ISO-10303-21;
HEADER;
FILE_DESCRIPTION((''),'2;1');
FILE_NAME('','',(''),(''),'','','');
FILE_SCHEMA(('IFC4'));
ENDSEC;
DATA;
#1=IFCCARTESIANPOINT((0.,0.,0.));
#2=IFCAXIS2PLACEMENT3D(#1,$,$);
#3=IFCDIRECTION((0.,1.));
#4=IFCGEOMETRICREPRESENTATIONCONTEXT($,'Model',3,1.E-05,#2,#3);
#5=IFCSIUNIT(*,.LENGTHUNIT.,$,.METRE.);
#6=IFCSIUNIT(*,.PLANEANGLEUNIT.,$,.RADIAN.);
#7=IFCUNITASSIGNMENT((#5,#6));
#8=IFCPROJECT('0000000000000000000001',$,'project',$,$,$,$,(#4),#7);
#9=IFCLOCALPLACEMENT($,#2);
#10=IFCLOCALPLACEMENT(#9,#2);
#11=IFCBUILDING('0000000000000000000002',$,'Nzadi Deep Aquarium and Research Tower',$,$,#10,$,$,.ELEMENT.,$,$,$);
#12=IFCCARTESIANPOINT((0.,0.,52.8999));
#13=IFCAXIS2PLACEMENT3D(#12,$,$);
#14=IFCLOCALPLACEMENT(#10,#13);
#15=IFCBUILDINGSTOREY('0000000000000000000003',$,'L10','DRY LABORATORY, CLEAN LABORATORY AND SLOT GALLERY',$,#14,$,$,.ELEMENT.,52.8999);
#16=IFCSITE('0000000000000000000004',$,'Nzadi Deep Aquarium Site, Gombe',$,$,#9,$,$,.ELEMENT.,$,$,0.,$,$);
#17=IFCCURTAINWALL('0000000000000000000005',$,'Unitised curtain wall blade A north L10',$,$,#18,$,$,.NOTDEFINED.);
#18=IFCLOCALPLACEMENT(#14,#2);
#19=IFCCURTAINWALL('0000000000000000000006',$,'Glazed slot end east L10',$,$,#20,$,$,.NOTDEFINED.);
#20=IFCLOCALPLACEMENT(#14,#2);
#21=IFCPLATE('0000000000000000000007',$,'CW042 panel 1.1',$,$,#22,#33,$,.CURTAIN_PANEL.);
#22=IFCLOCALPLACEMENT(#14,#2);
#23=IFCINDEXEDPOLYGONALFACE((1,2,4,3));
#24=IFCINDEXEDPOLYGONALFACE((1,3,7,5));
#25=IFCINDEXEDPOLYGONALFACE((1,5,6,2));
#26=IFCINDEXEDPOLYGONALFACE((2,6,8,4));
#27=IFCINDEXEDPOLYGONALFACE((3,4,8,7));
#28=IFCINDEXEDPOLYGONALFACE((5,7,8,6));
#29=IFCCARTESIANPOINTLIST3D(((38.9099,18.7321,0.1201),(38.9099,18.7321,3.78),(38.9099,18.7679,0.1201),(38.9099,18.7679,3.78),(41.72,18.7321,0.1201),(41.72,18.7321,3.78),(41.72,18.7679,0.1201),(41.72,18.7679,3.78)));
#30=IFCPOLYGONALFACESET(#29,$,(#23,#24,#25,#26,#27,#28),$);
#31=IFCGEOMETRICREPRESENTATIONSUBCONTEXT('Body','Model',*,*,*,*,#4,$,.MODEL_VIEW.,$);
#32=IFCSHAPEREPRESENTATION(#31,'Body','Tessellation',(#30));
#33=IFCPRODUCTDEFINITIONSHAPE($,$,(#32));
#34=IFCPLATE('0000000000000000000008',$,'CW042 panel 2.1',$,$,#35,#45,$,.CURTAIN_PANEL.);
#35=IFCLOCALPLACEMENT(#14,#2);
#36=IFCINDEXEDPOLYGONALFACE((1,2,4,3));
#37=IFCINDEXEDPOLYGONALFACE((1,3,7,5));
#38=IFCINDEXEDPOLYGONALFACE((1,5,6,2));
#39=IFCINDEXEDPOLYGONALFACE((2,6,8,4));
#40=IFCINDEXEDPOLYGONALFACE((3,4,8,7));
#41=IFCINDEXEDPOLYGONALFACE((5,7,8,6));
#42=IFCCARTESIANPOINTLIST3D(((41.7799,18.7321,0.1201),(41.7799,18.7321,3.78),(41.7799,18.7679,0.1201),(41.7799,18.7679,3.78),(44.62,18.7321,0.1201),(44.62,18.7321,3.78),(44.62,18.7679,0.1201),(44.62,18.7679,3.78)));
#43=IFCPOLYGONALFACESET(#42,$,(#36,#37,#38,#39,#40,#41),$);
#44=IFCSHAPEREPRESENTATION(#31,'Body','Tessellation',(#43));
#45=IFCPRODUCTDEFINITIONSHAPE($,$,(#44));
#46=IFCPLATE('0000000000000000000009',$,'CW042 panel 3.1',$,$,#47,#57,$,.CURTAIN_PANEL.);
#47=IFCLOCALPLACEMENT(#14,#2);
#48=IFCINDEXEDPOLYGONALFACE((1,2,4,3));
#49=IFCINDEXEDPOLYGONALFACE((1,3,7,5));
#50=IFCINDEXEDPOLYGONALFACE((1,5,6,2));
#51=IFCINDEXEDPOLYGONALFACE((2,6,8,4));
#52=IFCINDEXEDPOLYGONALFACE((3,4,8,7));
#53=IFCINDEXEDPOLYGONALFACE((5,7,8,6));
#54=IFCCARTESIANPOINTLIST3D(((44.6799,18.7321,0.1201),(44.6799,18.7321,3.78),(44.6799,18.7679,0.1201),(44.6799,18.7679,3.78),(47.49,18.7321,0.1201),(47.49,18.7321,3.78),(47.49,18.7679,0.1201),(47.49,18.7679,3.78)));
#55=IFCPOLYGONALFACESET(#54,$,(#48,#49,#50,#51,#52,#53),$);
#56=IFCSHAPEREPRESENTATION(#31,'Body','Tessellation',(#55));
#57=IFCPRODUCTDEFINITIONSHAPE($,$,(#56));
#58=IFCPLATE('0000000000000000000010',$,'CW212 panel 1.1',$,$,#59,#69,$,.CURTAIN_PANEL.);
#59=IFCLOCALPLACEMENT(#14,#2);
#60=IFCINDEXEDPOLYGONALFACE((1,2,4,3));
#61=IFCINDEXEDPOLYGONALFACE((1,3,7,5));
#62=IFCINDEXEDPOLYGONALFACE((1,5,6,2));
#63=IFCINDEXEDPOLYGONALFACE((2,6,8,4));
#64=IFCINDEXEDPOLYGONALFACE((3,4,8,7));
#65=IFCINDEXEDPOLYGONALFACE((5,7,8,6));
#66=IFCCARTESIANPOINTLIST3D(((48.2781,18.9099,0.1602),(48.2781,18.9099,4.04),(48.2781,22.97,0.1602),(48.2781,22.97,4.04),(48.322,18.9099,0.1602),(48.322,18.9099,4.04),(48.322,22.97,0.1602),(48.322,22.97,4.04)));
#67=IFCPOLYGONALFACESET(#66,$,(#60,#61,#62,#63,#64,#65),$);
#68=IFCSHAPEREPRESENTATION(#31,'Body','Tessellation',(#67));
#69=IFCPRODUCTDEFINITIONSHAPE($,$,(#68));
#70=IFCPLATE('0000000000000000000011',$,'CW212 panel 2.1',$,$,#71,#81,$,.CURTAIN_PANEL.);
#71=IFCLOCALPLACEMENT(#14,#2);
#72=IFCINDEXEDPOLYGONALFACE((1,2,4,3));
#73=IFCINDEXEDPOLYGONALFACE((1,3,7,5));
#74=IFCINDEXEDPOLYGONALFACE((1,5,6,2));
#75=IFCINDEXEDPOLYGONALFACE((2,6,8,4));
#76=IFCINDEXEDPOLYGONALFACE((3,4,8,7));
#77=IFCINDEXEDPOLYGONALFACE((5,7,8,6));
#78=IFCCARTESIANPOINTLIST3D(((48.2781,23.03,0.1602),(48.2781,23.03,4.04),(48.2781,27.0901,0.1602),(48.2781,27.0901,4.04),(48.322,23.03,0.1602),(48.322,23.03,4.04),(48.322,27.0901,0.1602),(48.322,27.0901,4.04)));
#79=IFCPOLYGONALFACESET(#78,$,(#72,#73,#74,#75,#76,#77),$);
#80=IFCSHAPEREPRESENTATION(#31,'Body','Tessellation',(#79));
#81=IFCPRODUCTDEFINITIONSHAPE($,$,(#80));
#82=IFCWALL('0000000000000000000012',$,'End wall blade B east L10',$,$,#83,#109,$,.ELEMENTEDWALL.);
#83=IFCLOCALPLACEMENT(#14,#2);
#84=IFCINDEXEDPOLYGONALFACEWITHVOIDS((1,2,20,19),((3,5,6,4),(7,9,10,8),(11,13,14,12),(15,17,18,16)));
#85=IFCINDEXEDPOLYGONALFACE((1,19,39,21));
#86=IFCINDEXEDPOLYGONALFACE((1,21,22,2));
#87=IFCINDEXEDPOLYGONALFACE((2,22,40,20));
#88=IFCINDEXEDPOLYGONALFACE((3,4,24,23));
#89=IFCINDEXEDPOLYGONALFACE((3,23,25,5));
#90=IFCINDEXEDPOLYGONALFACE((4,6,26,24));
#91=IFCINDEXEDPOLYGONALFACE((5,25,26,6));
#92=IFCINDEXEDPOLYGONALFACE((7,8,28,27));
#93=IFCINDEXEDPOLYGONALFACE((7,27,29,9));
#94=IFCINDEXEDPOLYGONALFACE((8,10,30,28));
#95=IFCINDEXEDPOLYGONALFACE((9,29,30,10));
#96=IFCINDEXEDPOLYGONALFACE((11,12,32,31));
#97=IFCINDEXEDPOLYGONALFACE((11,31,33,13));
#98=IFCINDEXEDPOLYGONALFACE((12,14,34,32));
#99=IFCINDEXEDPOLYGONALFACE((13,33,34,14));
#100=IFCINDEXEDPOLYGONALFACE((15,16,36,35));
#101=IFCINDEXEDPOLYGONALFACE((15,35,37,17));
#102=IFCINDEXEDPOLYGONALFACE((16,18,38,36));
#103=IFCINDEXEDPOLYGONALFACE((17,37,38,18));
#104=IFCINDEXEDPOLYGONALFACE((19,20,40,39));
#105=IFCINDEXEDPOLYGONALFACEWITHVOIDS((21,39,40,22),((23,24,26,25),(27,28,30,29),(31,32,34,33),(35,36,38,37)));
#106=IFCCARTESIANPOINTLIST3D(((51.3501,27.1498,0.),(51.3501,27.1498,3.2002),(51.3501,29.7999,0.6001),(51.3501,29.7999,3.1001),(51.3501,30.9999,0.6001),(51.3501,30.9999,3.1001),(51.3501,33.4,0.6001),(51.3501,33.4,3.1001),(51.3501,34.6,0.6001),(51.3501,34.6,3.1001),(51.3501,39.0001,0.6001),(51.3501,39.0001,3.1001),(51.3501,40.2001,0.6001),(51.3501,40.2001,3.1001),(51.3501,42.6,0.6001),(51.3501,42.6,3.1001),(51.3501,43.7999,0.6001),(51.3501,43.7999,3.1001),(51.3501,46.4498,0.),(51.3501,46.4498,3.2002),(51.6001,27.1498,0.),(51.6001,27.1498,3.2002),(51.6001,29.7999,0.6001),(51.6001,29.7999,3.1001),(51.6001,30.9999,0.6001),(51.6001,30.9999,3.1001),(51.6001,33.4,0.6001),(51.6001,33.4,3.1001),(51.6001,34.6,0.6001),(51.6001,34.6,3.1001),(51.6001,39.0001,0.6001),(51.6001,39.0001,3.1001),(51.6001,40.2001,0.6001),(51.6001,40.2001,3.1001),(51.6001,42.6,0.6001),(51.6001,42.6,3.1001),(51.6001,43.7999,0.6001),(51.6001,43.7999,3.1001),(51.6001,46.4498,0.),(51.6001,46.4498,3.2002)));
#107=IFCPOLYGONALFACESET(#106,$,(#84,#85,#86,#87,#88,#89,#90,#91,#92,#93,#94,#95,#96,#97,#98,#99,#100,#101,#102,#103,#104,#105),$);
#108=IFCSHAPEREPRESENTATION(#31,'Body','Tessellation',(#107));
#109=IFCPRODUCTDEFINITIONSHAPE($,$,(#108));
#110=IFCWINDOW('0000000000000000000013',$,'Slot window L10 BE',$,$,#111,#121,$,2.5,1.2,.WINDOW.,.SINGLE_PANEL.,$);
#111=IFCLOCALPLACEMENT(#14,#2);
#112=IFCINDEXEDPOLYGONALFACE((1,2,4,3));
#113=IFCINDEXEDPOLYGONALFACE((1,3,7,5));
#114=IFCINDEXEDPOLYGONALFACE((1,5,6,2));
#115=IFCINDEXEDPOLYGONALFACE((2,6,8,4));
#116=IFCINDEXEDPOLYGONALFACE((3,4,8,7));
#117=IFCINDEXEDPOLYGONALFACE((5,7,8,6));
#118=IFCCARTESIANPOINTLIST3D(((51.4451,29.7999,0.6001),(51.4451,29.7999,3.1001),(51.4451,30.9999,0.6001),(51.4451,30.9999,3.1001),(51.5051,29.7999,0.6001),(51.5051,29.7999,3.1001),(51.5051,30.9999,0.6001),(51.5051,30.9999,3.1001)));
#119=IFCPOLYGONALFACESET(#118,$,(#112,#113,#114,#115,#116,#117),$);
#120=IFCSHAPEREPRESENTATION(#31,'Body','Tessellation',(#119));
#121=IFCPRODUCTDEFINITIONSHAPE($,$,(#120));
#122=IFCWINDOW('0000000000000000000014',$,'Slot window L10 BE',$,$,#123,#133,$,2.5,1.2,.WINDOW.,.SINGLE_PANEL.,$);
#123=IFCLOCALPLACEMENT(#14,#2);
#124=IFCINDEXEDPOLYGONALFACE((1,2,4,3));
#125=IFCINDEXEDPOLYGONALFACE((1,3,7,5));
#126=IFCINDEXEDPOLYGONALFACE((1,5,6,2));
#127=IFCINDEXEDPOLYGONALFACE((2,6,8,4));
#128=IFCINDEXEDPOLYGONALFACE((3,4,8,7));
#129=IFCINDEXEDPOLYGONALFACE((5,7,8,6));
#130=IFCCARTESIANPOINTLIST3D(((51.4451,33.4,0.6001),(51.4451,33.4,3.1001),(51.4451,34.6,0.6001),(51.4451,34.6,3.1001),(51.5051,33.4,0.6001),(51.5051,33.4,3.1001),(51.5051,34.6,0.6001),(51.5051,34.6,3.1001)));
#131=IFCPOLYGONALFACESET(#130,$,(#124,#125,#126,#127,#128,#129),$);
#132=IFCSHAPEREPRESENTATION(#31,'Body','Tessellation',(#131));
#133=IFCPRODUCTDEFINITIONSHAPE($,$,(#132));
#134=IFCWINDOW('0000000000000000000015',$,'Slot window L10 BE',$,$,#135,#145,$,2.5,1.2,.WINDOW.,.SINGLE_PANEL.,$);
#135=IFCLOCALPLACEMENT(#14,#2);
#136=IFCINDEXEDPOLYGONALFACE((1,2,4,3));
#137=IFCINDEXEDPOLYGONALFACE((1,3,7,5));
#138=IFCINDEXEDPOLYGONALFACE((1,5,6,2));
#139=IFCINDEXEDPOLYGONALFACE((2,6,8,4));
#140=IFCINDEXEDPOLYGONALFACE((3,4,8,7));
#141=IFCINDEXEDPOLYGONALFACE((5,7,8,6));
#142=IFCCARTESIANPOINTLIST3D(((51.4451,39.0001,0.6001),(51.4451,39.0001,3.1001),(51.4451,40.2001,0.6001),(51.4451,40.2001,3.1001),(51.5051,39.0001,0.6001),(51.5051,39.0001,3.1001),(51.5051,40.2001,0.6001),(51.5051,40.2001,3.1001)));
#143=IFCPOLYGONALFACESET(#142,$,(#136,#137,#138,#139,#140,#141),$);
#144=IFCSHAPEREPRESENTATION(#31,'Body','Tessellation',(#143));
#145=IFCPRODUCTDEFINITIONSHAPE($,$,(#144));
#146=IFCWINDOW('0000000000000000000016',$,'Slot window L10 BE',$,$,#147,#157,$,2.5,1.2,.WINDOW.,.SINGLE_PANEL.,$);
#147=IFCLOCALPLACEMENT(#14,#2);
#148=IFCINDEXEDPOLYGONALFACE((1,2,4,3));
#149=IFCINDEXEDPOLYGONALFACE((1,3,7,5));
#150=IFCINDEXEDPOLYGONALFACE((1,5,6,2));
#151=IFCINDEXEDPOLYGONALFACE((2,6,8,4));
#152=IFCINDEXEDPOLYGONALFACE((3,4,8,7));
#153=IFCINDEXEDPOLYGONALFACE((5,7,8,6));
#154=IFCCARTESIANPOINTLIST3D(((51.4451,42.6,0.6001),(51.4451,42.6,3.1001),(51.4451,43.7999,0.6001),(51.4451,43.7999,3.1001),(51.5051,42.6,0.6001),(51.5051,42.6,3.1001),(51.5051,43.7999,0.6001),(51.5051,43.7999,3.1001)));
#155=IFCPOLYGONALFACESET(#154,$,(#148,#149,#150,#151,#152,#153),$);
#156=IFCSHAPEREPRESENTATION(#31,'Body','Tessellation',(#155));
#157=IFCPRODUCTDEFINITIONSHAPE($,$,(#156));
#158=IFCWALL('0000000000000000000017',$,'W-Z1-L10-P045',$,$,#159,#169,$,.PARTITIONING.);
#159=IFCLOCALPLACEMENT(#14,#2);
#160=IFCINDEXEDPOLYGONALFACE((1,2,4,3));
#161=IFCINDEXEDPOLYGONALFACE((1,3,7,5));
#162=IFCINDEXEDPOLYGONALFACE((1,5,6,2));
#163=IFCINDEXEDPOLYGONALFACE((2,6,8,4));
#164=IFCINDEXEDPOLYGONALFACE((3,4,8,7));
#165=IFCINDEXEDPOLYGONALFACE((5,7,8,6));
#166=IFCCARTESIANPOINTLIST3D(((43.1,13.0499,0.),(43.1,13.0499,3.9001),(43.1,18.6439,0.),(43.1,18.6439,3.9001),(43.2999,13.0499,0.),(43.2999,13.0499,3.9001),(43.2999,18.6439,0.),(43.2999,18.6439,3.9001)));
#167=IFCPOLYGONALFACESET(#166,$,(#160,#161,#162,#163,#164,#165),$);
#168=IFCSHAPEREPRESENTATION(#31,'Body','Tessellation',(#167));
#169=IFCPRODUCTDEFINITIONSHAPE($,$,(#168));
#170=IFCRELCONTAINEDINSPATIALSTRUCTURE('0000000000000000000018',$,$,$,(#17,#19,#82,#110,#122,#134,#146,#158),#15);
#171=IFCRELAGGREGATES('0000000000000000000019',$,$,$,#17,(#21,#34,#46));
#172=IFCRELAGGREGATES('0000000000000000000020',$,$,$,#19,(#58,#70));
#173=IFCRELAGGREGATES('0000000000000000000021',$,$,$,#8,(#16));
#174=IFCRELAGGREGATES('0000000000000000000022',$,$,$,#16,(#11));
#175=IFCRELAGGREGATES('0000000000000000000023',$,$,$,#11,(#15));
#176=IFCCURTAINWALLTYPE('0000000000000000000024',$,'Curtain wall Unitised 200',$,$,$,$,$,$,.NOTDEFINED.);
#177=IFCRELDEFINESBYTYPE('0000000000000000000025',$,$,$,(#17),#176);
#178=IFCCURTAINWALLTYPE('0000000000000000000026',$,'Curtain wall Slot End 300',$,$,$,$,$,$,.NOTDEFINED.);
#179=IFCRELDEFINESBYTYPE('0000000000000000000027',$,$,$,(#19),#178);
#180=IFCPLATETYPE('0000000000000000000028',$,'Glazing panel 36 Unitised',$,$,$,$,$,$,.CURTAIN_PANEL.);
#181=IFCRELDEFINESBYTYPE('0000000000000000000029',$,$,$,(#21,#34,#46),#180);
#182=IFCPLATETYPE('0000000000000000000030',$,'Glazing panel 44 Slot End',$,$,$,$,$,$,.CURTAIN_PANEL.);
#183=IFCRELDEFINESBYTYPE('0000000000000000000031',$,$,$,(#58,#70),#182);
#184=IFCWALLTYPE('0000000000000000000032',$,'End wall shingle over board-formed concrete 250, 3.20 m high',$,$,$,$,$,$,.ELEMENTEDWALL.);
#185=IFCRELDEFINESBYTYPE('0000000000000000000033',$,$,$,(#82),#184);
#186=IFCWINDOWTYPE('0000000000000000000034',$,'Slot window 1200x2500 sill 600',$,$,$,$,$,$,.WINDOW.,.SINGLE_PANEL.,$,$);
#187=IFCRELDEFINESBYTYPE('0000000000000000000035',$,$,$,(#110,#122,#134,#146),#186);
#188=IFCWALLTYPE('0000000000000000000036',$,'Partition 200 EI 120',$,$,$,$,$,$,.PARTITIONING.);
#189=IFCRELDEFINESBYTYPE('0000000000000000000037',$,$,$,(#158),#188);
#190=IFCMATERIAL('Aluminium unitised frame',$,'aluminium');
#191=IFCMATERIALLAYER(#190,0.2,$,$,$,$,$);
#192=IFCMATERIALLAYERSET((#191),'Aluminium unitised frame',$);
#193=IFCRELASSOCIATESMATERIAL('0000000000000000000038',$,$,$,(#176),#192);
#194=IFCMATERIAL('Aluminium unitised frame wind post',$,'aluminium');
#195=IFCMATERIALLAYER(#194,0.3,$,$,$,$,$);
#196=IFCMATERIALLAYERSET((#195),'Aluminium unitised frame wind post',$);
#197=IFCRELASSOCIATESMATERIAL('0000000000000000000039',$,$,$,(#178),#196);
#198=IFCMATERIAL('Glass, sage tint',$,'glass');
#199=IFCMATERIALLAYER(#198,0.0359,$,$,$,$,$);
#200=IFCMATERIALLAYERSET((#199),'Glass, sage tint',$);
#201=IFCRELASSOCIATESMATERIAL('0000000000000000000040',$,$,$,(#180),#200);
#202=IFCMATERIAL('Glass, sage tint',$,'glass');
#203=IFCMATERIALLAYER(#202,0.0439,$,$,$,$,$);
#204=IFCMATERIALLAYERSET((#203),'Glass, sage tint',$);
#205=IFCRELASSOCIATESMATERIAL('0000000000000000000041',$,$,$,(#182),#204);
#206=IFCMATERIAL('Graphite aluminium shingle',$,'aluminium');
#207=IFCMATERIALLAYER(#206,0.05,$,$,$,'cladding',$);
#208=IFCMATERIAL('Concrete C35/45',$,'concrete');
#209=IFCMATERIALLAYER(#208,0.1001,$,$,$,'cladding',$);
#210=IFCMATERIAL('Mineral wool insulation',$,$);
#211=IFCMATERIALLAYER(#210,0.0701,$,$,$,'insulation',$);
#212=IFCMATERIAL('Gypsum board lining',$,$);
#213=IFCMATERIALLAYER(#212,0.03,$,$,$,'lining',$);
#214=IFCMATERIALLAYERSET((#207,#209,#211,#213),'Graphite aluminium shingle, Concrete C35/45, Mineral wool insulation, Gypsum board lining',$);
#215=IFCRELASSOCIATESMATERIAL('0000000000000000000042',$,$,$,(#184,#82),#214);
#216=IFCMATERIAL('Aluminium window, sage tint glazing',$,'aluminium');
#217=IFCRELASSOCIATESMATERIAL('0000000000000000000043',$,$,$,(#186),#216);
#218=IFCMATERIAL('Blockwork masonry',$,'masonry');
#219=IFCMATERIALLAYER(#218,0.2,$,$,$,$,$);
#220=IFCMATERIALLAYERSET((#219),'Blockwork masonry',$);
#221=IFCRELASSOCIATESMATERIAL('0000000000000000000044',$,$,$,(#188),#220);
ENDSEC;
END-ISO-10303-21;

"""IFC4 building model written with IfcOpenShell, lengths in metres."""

from ifc_helpers import new_model, si_unit, direction, frame, frame_2d, origin, origin_2d, place, context, subcontext, project, spatial, rectangle, extrude, material, layer, layer_set, layer_usage, type_object, element, fill, aggregate, save


model = new_model("IFC4")

# Units and contexts
model_context = context("Model", 3, precision=1e-05, world=origin(), true_north=direction((0.0, 1.0)))
body_context = subcontext(model_context, "Body", "Model", "MODEL_VIEW")
ifc_project = project(units=[si_unit("LENGTHUNIT", "METRE"), si_unit("PLANEANGLEUNIT", "RADIAN")], contexts=[model_context])

# Site, building, storey
site_placement = place(None, origin())
site = spatial("IfcSite", under=ifc_project, at=site_placement, Name="Nzadi Deep Aquarium Site, Gombe", CompositionType="ELEMENT", RefElevation=0.0)
building_placement = place(site_placement, origin())
building = spatial("IfcBuilding", under=site, at=building_placement, Name="Nzadi Deep Aquarium and Research Tower", CompositionType="ELEMENT")
storey_placement = place(building_placement, frame((0.0, 0.0, 52.8999)))
storey = spatial("IfcBuildingStorey", under=building, at=storey_placement, Name="L10", Description="DRY LABORATORY, CLEAN LABORATORY AND SLOT GALLERY", CompositionType="ELEMENT", Elevation=52.8999)

# Shared definitions
ifc_material_1 = material(Name="Aluminium unitised frame", Category="aluminium")
ifc_layer_1 = layer(ifc_material_1, 0.2)
ifc_layer_set_1 = layer_set([ifc_layer_1], Name="Aluminium unitised frame")
curtain_wall_type_1 = type_object("IfcCurtainWallType", Name="Curtain wall Unitised 200", PredefinedType="NOTDEFINED", material=ifc_layer_set_1)

# Curtain walls
curtain_wall_1_placement = place(storey_placement, origin())
curtain_wall_1 = element("IfcCurtainWall", 1, at=curtain_wall_1_placement, inside=storey, type_object=curtain_wall_type_1, Name="Unitised curtain wall blade A north L10", PredefinedType="NOTDEFINED")
ifc_material_2 = material(Name="Aluminium unitised frame wind post", Category="aluminium")
ifc_layer_2 = layer(ifc_material_2, 0.3)
ifc_layer_set_2 = layer_set([ifc_layer_2], Name="Aluminium unitised frame wind post")
curtain_wall_type_2 = type_object("IfcCurtainWallType", Name="Curtain wall Slot End 300", PredefinedType="NOTDEFINED", material=ifc_layer_set_2)
curtain_wall_2_placement = place(storey_placement, origin())
curtain_wall_2 = element("IfcCurtainWall", 2, at=curtain_wall_2_placement, inside=storey, type_object=curtain_wall_type_2, Name="Glazed slot end east L10", PredefinedType="NOTDEFINED")

# Plates
ifc_material_3 = material(Name="Glass, sage tint", Category="glass")
ifc_layer_3 = layer(ifc_material_3, 0.0359)
ifc_layer_set_3 = layer_set([ifc_layer_3], Name="Glass, sage tint")
plate_type_1 = type_object("IfcPlateType", Name="Glazing panel 36 Unitised", PredefinedType="CURTAIN_PANEL", material=ifc_layer_set_3)
plate_1_placement = place(storey_placement, frame((40.3149, 18.75, 0.1201), z_axis=(0.0, 0.0, 1.0), x_axis=(1.0, 0.0, 0.0)))
plate_1 = element("IfcPlate", 3, at=plate_1_placement, type_object=plate_type_1, Name="CW042 panel 1.1", PredefinedType="CURTAIN_PANEL", context=body_context, shape_type="SweptSolid", body=[
    extrude(rectangle(XDim=2.8101, YDim=0.0359, at=origin_2d()), origin(), (0.0, 0.0, 1.0), 3.6599),
])
plate_2_placement = place(storey_placement, frame((43.2, 18.75, 0.1201), z_axis=(0.0, 0.0, 1.0), x_axis=(1.0, 0.0, 0.0)))
plate_2 = element("IfcPlate", 4, at=plate_2_placement, type_object=plate_type_1, Name="CW042 panel 2.1", PredefinedType="CURTAIN_PANEL", context=body_context, shape_type="SweptSolid", body=[
    extrude(rectangle(XDim=2.8401, YDim=0.0359, at=origin_2d()), origin(), (0.0, 0.0, 1.0), 3.6599),
])
plate_3_placement = place(storey_placement, frame((46.085, 18.75, 0.1201), z_axis=(0.0, 0.0, 1.0), x_axis=(1.0, 0.0, 0.0)))
plate_3 = element("IfcPlate", 5, at=plate_3_placement, type_object=plate_type_1, Name="CW042 panel 3.1", PredefinedType="CURTAIN_PANEL", context=body_context, shape_type="SweptSolid", body=[
    extrude(rectangle(XDim=2.8101, YDim=0.0359, at=origin_2d()), origin(), (0.0, 0.0, 1.0), 3.6599),
])
aggregate(curtain_wall_1, [plate_1, plate_2, plate_3])
ifc_material_4 = material(Name="Glass, sage tint", Category="glass")
ifc_layer_4 = layer(ifc_material_4, 0.0439)
ifc_layer_set_4 = layer_set([ifc_layer_4], Name="Glass, sage tint")
plate_type_2 = type_object("IfcPlateType", Name="Glazing panel 44 Slot End", PredefinedType="CURTAIN_PANEL", material=ifc_layer_set_4)
plate_4_placement = place(storey_placement, frame((48.3, 20.9399, 0.1602), z_axis=(0.0, 0.0, 1.0), x_axis=(0.0, 1.0, 0.0)))
plate_4 = element("IfcPlate", 6, at=plate_4_placement, type_object=plate_type_2, Name="CW212 panel 1.1", PredefinedType="CURTAIN_PANEL", context=body_context, shape_type="SweptSolid", body=[
    extrude(rectangle(XDim=4.0601, YDim=0.0439, at=origin_2d()), origin(), (0.0, 0.0, 1.0), 3.8799),
])
plate_5_placement = place(storey_placement, frame((48.3, 25.0601, 0.1602), z_axis=(0.0, 0.0, 1.0), x_axis=(0.0, 1.0, 0.0)))
plate_5 = element("IfcPlate", 7, at=plate_5_placement, type_object=plate_type_2, Name="CW212 panel 2.1", PredefinedType="CURTAIN_PANEL", context=body_context, shape_type="SweptSolid", body=[
    extrude(rectangle(XDim=4.0601, YDim=0.0439, at=origin_2d()), origin(), (0.0, 0.0, 1.0), 3.8799),
])
aggregate(curtain_wall_2, [plate_4, plate_5])

# Wall, openings, windows
ifc_material_5 = material(Name="Graphite aluminium shingle", Category="aluminium")
ifc_layer_5 = layer(ifc_material_5, 0.05, Category="cladding")
ifc_material_6 = material(Name="Concrete C35/45", Category="concrete")
ifc_layer_6 = layer(ifc_material_6, 0.1001, Category="cladding")
ifc_material_7 = material(Name="Mineral wool insulation")
ifc_layer_7 = layer(ifc_material_7, 0.0701, Category="insulation")
ifc_material_8 = material(Name="Gypsum board lining")
ifc_layer_8 = layer(ifc_material_8, 0.03, Category="lining")
ifc_layer_set_5 = layer_set([ifc_layer_5, ifc_layer_6, ifc_layer_7, ifc_layer_8], Name="Graphite aluminium shingle, Concrete C35/45, Mineral wool insulation, Gypsum board lining")
ifc_layer_usage = layer_usage(ifc_layer_set_5, "AXIS2", "POSITIVE", -0.125)
wall_type_1 = type_object("IfcWallType", Name="End wall shingle over board-formed concrete 250, 3.20 m high", PredefinedType="ELEMENTEDWALL", material=ifc_layer_set_5)
wall_1_placement = place(storey_placement, frame((51.4751, 27.1499, 0.0), z_axis=(0.0, 0.0, 1.0), x_axis=(0.0, 1.0, 0.0)))
wall_1 = element("IfcWall", 8, at=wall_1_placement, inside=storey, type_object=wall_type_1, material=ifc_layer_usage, Name="End wall blade B east L10", PredefinedType="ELEMENTEDWALL", context=body_context, shape_type="SweptSolid", body=[
    extrude(rectangle(XDim=19.3, YDim=0.25, at=frame_2d((9.6499, 0.0))), origin(), (0.0, 0.0, 1.0), 3.2002),
])
opening_1_placement = place(wall_1_placement, frame((2.6499, 0.0, 0.6001)))
opening_1 = element("IfcOpeningElement", 9, at=opening_1_placement, cuts=wall_1, PredefinedType="OPENING", context=body_context, shape_type="SweptSolid", body=[
    extrude(rectangle(XDim=1.2, YDim=2.5, at=frame_2d((0.6001, 1.25))), frame((0.0, 0.135, 0.0), z_axis=(0.0, -1.0, 0.0), x_axis=(1.0, 0.0, 0.0)), (0.0, 0.0, 1.0), 0.27),
])
opening_2_placement = place(wall_1_placement, frame((6.25, 0.0, 0.6001)))
opening_2 = element("IfcOpeningElement", 10, at=opening_2_placement, cuts=wall_1, PredefinedType="OPENING", context=body_context, shape_type="SweptSolid", body=[
    extrude(rectangle(XDim=1.2, YDim=2.5, at=frame_2d((0.6001, 1.25))), frame((0.0, 0.135, 0.0), z_axis=(0.0, -1.0, 0.0), x_axis=(1.0, 0.0, 0.0)), (0.0, 0.0, 1.0), 0.27),
])
opening_3_placement = place(wall_1_placement, frame((11.8501, 0.0, 0.6001)))
opening_3 = element("IfcOpeningElement", 11, at=opening_3_placement, cuts=wall_1, PredefinedType="OPENING", context=body_context, shape_type="SweptSolid", body=[
    extrude(rectangle(XDim=1.2, YDim=2.5, at=frame_2d((0.6001, 1.25))), frame((0.0, 0.135, 0.0), z_axis=(0.0, -1.0, 0.0), x_axis=(1.0, 0.0, 0.0)), (0.0, 0.0, 1.0), 0.27),
])
opening_4_placement = place(wall_1_placement, frame((15.45, 0.0, 0.6001)))
opening_4 = element("IfcOpeningElement", 12, at=opening_4_placement, cuts=wall_1, PredefinedType="OPENING", context=body_context, shape_type="SweptSolid", body=[
    extrude(rectangle(XDim=1.2, YDim=2.5, at=frame_2d((0.6001, 1.25))), frame((0.0, 0.135, 0.0), z_axis=(0.0, -1.0, 0.0), x_axis=(1.0, 0.0, 0.0)), (0.0, 0.0, 1.0), 0.27),
])
ifc_material_9 = material(Name="Aluminium window, sage tint glazing", Category="aluminium")
window_type = type_object("IfcWindowType", Name="Slot window 1200x2500 sill 600", PartitioningType="SINGLE_PANEL", PredefinedType="WINDOW", material=ifc_material_9)
window_1_placement = place(opening_1_placement, origin())
window_1 = element("IfcWindow", 13, at=window_1_placement, inside=storey, type_object=window_type, Name="Slot window L10 BE", OverallHeight=2.5, OverallWidth=1.2, PartitioningType="SINGLE_PANEL", PredefinedType="WINDOW", context=body_context, shape_type="SweptSolid", body=[
    extrude(rectangle(XDim=1.2, YDim=2.5, at=frame_2d((0.6001, 1.25))), frame((0.0, 0.03, 0.0), z_axis=(0.0, -1.0, 0.0), x_axis=(1.0, 0.0, 0.0)), (0.0, 0.0, 1.0), 0.0601),
])
fill(opening_1, window_1)
window_2_placement = place(opening_2_placement, origin())
window_2 = element("IfcWindow", 14, at=window_2_placement, inside=storey, type_object=window_type, Name="Slot window L10 BE", OverallHeight=2.5, OverallWidth=1.2, PartitioningType="SINGLE_PANEL", PredefinedType="WINDOW", context=body_context, shape_type="SweptSolid", body=[
    extrude(rectangle(XDim=1.2, YDim=2.5, at=frame_2d((0.6001, 1.25))), frame((0.0, 0.03, 0.0), z_axis=(0.0, -1.0, 0.0), x_axis=(1.0, 0.0, 0.0)), (0.0, 0.0, 1.0), 0.0601),
])
fill(opening_2, window_2)
window_3_placement = place(opening_3_placement, origin())
window_3 = element("IfcWindow", 15, at=window_3_placement, inside=storey, type_object=window_type, Name="Slot window L10 BE", OverallHeight=2.5, OverallWidth=1.2, PartitioningType="SINGLE_PANEL", PredefinedType="WINDOW", context=body_context, shape_type="SweptSolid", body=[
    extrude(rectangle(XDim=1.2, YDim=2.5, at=frame_2d((0.6001, 1.25))), frame((0.0, 0.03, 0.0), z_axis=(0.0, -1.0, 0.0), x_axis=(1.0, 0.0, 0.0)), (0.0, 0.0, 1.0), 0.0601),
])
fill(opening_3, window_3)
window_4_placement = place(opening_4_placement, origin())
window_4 = element("IfcWindow", 16, at=window_4_placement, inside=storey, type_object=window_type, Name="Slot window L10 BE", OverallHeight=2.5, OverallWidth=1.2, PartitioningType="SINGLE_PANEL", PredefinedType="WINDOW", context=body_context, shape_type="SweptSolid", body=[
    extrude(rectangle(XDim=1.2, YDim=2.5, at=frame_2d((0.6001, 1.25))), frame((0.0, 0.03, 0.0), z_axis=(0.0, -1.0, 0.0), x_axis=(1.0, 0.0, 0.0)), (0.0, 0.0, 1.0), 0.0601),
])
fill(opening_4, window_4)

# Wall
ifc_material_10 = material(Name="Blockwork masonry", Category="masonry")
ifc_layer_9 = layer(ifc_material_10, 0.2)
ifc_layer_set_6 = layer_set([ifc_layer_9], Name="Blockwork masonry")
wall_type_2 = type_object("IfcWallType", Name="Partition 200 EI 120", PredefinedType="PARTITIONING", material=ifc_layer_set_6)
wall_2_placement = place(storey_placement, frame((43.2, 13.05, 0.0), z_axis=(0.0, 0.0, 1.0), x_axis=(0.0, 1.0, 0.0)))
element("IfcWall", 17, at=wall_2_placement, inside=storey, type_object=wall_type_2, Name="W-Z1-L10-P045", PredefinedType="PARTITIONING", context=body_context, shape_type="SweptSolid", body=[
    extrude(rectangle(XDim=5.594, YDim=0.2, at=frame_2d((2.7969, 0.0))), origin(), (0.0, 0.0, 1.0), 3.9001),
])

save(model, "model.ifc")
